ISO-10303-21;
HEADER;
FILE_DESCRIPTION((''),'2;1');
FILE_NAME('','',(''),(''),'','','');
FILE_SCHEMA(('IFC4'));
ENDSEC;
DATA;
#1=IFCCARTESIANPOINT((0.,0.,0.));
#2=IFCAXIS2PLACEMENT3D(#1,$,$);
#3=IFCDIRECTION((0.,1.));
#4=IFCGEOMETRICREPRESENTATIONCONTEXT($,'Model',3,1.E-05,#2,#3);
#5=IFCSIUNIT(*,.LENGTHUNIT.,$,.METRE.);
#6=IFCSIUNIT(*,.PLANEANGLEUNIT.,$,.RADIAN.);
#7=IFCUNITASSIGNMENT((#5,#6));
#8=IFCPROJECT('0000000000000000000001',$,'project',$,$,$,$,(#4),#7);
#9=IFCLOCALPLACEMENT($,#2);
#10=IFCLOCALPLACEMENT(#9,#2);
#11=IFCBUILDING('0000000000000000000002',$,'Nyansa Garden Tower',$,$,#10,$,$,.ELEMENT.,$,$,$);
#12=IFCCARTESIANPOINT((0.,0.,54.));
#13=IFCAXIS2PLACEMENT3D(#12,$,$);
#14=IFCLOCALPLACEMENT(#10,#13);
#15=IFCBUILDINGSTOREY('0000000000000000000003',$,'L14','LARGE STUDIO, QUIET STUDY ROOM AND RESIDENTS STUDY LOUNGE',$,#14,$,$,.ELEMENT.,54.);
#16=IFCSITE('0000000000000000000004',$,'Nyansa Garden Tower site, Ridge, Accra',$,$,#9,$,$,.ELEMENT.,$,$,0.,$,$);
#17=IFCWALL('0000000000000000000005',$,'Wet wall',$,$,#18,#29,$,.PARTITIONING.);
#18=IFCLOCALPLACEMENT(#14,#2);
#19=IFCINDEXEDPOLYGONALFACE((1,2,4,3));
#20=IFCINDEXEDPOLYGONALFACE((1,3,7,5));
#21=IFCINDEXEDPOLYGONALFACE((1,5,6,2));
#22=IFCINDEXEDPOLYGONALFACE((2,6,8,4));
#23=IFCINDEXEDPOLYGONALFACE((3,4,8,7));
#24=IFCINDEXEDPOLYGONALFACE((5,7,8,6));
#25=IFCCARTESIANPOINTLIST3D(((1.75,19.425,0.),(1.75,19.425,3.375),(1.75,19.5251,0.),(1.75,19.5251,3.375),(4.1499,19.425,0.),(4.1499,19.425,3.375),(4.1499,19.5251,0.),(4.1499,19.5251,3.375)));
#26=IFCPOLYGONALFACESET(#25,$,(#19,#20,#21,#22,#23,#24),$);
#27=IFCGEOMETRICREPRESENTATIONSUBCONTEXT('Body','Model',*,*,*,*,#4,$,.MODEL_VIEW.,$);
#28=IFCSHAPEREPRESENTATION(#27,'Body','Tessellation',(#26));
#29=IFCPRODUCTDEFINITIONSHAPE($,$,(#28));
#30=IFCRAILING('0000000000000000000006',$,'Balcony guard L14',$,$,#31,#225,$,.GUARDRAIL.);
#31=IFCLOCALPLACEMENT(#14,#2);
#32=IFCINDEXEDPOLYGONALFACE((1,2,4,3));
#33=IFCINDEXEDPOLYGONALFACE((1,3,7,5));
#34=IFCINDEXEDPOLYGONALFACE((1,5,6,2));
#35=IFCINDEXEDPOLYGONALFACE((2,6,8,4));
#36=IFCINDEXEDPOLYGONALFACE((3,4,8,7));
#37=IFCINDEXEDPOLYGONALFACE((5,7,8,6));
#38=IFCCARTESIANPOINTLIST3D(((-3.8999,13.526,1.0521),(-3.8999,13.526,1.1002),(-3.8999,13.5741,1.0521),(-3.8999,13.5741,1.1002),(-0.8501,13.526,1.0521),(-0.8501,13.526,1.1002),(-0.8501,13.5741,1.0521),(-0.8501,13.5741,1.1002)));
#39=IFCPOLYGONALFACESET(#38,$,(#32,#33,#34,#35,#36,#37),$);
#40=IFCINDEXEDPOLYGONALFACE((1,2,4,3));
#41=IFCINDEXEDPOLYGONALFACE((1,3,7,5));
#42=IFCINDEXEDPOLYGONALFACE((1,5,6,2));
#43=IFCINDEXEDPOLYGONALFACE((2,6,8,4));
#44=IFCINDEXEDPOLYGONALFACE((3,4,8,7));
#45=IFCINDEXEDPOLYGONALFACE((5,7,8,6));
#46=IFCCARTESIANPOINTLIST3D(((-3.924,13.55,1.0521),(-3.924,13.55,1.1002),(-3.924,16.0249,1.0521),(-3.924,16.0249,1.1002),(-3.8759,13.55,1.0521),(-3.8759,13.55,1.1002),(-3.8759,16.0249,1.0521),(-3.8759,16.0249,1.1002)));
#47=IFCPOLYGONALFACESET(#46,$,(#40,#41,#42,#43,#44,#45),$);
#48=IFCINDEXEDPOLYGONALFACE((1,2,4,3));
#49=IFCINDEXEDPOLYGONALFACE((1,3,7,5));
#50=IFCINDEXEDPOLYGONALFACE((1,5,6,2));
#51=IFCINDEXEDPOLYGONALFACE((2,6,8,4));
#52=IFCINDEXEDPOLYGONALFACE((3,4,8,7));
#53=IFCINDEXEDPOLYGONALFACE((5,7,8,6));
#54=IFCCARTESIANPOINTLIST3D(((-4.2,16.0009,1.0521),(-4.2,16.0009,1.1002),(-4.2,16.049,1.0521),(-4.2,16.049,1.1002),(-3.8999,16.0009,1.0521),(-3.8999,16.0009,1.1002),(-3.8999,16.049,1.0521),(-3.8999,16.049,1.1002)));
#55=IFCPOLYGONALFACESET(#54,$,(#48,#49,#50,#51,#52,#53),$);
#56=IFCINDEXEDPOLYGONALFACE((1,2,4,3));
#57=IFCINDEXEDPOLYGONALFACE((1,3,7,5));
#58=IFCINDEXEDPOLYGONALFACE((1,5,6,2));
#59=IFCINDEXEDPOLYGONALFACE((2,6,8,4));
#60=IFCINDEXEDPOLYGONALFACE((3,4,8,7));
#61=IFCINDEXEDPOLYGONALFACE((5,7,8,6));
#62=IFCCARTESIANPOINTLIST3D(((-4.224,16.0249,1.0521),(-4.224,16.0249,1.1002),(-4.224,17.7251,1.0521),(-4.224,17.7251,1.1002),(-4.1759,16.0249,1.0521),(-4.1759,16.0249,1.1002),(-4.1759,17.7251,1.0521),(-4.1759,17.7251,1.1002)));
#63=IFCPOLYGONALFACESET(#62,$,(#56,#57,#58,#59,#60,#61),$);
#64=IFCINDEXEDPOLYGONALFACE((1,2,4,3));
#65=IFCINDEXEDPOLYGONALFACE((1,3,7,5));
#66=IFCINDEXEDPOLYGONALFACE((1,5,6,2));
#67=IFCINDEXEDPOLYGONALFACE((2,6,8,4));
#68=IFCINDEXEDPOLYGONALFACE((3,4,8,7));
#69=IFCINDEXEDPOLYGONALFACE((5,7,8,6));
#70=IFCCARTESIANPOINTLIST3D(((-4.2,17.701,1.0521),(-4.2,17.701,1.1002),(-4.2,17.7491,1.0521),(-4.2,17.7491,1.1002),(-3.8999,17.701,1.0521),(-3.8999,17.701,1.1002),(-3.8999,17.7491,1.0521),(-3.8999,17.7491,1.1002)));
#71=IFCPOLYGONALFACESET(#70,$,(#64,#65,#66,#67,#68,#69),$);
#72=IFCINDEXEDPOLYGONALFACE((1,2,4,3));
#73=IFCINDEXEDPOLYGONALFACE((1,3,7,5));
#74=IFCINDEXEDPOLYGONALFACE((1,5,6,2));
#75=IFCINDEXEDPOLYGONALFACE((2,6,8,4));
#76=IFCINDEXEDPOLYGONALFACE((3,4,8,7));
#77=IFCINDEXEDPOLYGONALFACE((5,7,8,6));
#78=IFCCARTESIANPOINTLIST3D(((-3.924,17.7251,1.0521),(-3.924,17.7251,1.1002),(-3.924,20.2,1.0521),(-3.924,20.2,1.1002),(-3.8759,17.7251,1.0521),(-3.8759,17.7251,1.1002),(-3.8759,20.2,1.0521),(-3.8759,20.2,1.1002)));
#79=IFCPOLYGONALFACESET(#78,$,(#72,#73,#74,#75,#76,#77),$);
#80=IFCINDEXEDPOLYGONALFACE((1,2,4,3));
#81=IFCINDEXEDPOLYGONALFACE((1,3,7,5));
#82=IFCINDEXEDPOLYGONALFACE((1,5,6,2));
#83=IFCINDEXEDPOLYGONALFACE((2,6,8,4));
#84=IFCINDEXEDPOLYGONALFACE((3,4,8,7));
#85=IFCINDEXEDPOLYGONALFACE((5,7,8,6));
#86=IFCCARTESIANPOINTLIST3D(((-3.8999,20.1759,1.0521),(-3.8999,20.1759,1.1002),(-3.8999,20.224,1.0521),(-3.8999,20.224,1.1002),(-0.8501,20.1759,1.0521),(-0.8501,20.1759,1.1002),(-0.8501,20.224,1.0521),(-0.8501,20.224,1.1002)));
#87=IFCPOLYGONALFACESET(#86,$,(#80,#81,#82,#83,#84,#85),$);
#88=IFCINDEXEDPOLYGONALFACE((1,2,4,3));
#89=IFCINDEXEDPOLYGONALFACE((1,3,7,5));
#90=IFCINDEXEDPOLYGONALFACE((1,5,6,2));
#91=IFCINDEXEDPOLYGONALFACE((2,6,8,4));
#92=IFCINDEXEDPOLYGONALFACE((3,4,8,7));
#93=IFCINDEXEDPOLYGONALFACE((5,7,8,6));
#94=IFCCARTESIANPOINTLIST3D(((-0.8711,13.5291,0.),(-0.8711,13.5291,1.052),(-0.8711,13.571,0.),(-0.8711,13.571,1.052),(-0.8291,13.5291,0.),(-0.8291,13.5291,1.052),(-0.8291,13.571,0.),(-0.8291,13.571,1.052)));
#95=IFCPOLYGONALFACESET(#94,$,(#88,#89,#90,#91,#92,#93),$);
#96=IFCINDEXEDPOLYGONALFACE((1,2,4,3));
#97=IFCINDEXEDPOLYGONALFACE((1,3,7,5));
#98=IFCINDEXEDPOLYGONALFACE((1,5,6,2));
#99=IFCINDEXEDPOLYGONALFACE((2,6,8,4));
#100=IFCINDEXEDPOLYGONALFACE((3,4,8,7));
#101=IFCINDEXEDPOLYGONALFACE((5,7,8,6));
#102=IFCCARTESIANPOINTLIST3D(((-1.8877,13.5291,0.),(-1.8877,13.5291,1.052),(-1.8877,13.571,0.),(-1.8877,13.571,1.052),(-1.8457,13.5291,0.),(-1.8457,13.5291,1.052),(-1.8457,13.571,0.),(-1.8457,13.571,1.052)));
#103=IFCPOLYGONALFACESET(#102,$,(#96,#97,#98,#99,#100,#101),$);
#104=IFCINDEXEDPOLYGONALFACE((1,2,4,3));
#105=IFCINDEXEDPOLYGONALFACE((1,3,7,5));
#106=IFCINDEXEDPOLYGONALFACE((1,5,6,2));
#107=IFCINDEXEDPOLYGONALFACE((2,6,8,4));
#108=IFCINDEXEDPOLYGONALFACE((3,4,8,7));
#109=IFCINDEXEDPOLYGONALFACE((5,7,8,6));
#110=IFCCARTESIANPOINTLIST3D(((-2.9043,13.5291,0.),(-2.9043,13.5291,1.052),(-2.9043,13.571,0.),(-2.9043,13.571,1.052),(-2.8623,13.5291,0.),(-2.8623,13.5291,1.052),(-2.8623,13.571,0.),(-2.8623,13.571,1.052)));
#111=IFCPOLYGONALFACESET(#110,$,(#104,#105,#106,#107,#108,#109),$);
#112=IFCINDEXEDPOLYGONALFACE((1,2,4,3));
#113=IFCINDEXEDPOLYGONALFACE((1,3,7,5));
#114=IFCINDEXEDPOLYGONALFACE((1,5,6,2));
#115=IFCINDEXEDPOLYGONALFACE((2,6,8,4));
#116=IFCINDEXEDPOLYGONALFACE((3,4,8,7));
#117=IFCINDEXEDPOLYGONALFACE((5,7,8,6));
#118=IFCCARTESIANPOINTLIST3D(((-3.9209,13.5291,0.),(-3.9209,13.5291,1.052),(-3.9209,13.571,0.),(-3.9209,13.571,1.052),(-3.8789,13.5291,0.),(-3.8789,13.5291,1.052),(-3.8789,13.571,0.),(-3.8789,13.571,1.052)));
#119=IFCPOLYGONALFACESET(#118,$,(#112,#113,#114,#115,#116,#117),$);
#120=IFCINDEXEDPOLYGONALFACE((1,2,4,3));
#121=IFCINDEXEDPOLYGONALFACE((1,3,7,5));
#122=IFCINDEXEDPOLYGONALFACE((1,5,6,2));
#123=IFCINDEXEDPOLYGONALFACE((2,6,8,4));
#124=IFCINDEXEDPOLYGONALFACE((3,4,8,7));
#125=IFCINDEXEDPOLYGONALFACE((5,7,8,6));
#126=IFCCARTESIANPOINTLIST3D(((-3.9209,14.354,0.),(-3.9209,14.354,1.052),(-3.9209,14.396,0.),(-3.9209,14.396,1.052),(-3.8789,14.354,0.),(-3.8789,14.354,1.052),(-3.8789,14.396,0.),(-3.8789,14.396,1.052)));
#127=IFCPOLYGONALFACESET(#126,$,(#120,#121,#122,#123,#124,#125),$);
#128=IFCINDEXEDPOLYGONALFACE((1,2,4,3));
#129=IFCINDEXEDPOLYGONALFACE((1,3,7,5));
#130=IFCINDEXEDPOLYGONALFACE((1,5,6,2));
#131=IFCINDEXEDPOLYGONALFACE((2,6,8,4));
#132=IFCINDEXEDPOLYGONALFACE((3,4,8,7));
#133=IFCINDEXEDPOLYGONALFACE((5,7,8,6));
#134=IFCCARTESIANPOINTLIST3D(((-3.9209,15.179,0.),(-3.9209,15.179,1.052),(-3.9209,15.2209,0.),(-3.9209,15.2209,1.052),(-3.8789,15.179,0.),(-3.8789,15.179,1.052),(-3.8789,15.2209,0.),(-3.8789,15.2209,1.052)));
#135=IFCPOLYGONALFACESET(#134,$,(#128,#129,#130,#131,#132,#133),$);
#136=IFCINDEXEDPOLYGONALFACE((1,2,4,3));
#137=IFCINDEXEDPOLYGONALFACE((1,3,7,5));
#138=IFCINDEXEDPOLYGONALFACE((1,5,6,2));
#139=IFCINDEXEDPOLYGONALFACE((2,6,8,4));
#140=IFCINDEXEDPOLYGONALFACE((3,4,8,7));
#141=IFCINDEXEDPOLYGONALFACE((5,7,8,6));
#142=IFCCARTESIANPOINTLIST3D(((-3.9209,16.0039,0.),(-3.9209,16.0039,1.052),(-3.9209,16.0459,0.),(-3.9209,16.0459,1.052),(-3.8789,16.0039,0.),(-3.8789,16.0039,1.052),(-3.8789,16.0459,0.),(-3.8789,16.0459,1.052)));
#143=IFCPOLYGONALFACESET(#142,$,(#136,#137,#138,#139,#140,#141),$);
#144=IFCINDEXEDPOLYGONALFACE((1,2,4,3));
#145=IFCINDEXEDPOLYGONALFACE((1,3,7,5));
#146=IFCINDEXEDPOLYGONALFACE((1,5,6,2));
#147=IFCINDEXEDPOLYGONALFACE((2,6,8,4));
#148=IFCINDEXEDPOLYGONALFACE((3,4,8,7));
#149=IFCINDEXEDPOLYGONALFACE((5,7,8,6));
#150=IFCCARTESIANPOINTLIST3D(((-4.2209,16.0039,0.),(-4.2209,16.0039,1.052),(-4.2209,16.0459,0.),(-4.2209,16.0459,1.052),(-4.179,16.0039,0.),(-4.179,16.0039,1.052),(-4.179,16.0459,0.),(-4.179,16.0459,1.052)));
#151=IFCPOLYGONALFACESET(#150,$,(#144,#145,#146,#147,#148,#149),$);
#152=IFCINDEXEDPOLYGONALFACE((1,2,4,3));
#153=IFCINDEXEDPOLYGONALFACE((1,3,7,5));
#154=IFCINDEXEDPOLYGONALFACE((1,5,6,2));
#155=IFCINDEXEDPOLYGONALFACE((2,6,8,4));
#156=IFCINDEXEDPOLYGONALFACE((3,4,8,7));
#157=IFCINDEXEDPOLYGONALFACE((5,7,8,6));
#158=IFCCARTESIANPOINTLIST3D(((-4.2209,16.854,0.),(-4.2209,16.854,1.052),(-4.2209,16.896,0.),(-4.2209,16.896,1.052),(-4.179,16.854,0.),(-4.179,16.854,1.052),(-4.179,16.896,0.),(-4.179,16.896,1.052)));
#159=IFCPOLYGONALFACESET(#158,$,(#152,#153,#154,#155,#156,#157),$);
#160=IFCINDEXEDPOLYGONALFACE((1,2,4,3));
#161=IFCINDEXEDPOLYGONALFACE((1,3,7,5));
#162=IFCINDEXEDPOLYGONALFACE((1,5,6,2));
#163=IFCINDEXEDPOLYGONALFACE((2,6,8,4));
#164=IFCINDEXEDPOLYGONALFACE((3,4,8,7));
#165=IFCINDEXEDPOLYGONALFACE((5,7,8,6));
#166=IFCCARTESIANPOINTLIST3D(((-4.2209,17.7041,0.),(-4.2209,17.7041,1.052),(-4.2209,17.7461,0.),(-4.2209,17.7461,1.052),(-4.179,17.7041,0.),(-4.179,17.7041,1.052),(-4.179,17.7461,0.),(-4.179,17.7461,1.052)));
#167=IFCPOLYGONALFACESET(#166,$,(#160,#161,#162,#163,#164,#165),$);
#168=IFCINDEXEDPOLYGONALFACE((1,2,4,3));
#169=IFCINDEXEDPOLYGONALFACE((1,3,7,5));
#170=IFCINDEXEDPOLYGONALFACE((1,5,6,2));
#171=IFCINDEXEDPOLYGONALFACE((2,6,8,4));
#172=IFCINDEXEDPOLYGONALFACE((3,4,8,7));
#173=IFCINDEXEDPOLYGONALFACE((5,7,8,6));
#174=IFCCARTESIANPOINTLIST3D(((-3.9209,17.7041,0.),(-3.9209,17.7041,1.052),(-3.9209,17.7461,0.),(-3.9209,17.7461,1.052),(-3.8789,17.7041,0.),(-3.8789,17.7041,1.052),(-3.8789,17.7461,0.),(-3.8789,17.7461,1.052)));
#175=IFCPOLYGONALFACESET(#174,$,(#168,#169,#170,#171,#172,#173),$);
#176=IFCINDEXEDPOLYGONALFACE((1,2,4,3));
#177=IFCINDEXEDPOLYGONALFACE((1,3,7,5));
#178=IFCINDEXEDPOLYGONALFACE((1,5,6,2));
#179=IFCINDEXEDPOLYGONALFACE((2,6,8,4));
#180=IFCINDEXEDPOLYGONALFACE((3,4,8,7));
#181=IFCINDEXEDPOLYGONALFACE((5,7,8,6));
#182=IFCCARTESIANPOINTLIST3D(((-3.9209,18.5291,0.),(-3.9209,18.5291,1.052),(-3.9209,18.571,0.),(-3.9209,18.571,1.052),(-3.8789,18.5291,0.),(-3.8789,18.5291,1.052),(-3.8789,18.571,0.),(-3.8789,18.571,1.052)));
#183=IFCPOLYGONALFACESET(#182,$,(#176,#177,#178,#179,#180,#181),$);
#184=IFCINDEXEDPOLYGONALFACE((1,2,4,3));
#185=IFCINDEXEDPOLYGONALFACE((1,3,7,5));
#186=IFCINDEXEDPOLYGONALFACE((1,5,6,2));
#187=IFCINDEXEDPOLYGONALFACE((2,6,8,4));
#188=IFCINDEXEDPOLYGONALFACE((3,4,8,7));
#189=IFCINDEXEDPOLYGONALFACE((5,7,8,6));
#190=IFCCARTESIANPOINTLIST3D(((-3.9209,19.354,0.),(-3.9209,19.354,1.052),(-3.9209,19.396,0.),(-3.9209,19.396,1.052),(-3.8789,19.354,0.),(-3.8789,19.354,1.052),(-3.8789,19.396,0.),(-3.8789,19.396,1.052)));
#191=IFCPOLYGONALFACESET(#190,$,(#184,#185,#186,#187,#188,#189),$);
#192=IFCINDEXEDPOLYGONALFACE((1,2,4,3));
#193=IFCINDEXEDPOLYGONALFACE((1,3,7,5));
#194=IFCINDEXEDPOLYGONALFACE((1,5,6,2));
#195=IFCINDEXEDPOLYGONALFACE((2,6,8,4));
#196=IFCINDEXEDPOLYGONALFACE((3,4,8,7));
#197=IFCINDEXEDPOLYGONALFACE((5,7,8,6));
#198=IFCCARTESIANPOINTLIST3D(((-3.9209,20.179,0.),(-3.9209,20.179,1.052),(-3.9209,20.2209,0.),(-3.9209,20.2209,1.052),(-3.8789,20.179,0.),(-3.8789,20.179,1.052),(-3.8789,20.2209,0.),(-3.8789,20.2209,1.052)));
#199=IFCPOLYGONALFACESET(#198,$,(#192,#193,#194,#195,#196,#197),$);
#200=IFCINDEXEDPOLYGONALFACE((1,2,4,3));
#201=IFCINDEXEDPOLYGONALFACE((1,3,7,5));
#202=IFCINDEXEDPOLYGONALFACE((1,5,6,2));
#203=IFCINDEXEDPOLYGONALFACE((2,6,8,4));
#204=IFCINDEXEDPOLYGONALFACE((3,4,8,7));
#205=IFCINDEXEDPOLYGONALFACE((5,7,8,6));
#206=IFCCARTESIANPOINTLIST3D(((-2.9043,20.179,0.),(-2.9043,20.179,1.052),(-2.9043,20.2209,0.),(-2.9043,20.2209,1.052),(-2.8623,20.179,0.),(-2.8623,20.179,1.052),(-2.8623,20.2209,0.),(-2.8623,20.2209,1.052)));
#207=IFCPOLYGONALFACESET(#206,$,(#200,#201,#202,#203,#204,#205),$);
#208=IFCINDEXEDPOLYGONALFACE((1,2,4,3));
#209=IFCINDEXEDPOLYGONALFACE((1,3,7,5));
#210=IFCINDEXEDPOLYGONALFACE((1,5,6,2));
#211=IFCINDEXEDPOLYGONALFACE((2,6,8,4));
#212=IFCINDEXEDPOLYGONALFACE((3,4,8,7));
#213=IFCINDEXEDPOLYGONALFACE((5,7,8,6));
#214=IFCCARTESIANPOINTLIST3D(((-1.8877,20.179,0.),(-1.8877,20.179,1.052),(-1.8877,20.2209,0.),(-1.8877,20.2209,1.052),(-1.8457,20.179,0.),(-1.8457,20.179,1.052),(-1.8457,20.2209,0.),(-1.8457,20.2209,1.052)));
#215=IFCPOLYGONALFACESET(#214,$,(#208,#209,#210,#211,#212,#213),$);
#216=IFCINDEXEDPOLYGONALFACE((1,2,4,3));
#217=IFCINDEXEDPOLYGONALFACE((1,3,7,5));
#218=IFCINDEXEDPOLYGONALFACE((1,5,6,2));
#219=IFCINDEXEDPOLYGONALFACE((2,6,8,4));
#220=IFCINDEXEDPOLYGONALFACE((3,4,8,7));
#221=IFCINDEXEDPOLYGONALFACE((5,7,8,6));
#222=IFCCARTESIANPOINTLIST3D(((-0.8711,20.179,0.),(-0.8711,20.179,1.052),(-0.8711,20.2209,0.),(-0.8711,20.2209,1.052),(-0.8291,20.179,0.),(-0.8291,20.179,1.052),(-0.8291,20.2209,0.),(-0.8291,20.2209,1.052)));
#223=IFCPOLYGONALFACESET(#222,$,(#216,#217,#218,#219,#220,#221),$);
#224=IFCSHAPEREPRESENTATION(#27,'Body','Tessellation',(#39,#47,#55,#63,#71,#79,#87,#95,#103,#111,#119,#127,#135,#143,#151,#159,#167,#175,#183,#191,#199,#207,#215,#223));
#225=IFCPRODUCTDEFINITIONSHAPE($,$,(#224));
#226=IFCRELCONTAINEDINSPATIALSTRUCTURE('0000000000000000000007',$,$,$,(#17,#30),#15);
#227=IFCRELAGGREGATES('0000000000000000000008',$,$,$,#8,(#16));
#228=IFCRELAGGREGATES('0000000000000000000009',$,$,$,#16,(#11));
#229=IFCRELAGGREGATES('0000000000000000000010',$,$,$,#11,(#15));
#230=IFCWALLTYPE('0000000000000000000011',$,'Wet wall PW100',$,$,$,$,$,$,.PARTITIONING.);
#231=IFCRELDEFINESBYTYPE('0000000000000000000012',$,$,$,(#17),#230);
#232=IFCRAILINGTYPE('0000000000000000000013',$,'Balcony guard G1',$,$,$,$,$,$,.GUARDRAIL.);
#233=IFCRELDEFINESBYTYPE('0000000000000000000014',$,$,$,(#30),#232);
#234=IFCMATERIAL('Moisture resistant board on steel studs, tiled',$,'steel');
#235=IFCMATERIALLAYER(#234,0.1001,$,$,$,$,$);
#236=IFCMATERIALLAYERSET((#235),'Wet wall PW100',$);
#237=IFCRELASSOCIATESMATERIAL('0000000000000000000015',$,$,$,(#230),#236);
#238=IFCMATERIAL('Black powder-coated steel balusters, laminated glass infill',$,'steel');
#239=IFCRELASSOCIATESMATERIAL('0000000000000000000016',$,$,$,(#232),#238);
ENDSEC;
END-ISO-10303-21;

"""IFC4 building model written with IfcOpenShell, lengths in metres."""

from ifc_helpers import new_model, si_unit, direction, frame, frame_2d, origin, origin_2d, place, context, subcontext, project, spatial, rectangle, extrude, material, layer, layer_set, type_object, element, save


model = new_model("IFC4")

# Units and contexts
model_context = context("Model", 3, precision=1e-05, world=origin(), true_north=direction((0.0, 1.0)))
body_context = subcontext(model_context, "Body", "Model", "MODEL_VIEW")
ifc_project = project(units=[si_unit("LENGTHUNIT", "METRE"), si_unit("PLANEANGLEUNIT", "RADIAN")], contexts=[model_context])

# Site, building, storey
site_placement = place(None, origin())
site = spatial("IfcSite", under=ifc_project, at=site_placement, Name="Nyansa Garden Tower site, Ridge, Accra", CompositionType="ELEMENT", RefElevation=0.0)
building_placement = place(site_placement, origin())
building = spatial("IfcBuilding", under=site, at=building_placement, Name="Nyansa Garden Tower", CompositionType="ELEMENT")
storey_placement = place(building_placement, frame((0.0, 0.0, 54.0)))
storey = spatial("IfcBuildingStorey", under=building, at=storey_placement, Name="L14", Description="LARGE STUDIO, QUIET STUDY ROOM AND RESIDENTS STUDY LOUNGE", CompositionType="ELEMENT", Elevation=54.0)

# Wall
ifc_material_1 = material(Name="Moisture resistant board on steel studs, tiled", Category="steel")
ifc_layer_1 = layer(ifc_material_1, 0.1001)
ifc_layer_set_1 = layer_set([ifc_layer_1], Name="Wet wall PW100")
wall_type_1 = type_object("IfcWallType", Name="Wet wall PW100", PredefinedType="PARTITIONING", material=ifc_layer_set_1)
wall_1_placement = place(storey_placement, frame((1.75, 19.4751, 0.0), z_axis=(0.0, 0.0, 1.0), x_axis=(1.0, 0.0, 0.0)))
element("IfcWall", 1, at=wall_1_placement, inside=storey, type_object=wall_type_1, Name="Wet wall", PredefinedType="PARTITIONING", context=body_context, shape_type="SweptSolid", body=[
    extrude(rectangle(XDim=2.3999, YDim=0.1001, at=frame_2d((1.2, 0.0))), origin(), (0.0, 0.0, 1.0), 3.375),
])

# Railing
ifc_material_2 = material(Name="Black powder-coated steel balusters, laminated glass infill", Category="steel")
railing_type = type_object("IfcRailingType", Name="Balcony guard G1", PredefinedType="GUARDRAIL", material=ifc_material_2)
railing_placement = place(storey_placement, frame((-0.8501, 13.55, 0.0)))
element("IfcRailing", 2, at=railing_placement, inside=storey, type_object=railing_type, Name="Balcony guard L14", PredefinedType="GUARDRAIL", context=body_context, shape_type="SweptSolid", body=[
    extrude(rectangle(XDim=0.0481, YDim=0.0481, at=origin_2d()), frame((0.0, 0.0, 1.0762), z_axis=(-1.0, 0.0, 0.0), x_axis=(0.0, -1.0, 0.0)), (0.0, 0.0, 1.0), 3.0498),
    extrude(rectangle(XDim=0.0481, YDim=0.0481, at=origin_2d()), frame((-3.0498, 0.0, 1.0762), z_axis=(0.0, 1.0, 0.0), x_axis=(-1.0, 0.0, 0.0)), (0.0, 0.0, 1.0), 2.4749),
    extrude(rectangle(XDim=0.0481, YDim=0.0481, at=origin_2d()), frame((-3.0498, 2.4749, 1.0762), z_axis=(-1.0, 0.0, 0.0), x_axis=(0.0, -1.0, 0.0)), (0.0, 0.0, 1.0), 0.3),
    extrude(rectangle(XDim=0.0481, YDim=0.0481, at=origin_2d()), frame((-3.3499, 2.4749, 1.0762), z_axis=(0.0, 1.0, 0.0), x_axis=(-1.0, 0.0, 0.0)), (0.0, 0.0, 1.0), 1.7002),
    extrude(rectangle(XDim=0.0481, YDim=0.0481, at=origin_2d()), frame((-3.3499, 4.175, 1.0762), z_axis=(1.0, 0.0, 0.0), x_axis=(0.0, 1.0, 0.0)), (0.0, 0.0, 1.0), 0.3),
    extrude(rectangle(XDim=0.0481, YDim=0.0481, at=origin_2d()), frame((-3.0498, 4.175, 1.0762), z_axis=(0.0, 1.0, 0.0), x_axis=(-1.0, 0.0, 0.0)), (0.0, 0.0, 1.0), 2.4749),
    extrude(rectangle(XDim=0.0481, YDim=0.0481, at=origin_2d()), frame((-3.0498, 6.6499, 1.0762), z_axis=(1.0, 0.0, 0.0), x_axis=(0.0, 1.0, 0.0)), (0.0, 0.0, 1.0), 3.0498),
    extrude(rectangle(XDim=0.042, YDim=0.042, at=origin_2d()), origin(), (0.0, 0.0, 1.0), 1.052),
    extrude(rectangle(XDim=0.042, YDim=0.042, at=origin_2d()), frame((-1.0166, 0.0, 0.0)), (0.0, 0.0, 1.0), 1.052),
    extrude(rectangle(XDim=0.042, YDim=0.042, at=origin_2d()), frame((-2.0332, 0.0, 0.0)), (0.0, 0.0, 1.0), 1.052),
    extrude(rectangle(XDim=0.042, YDim=0.042, at=origin_2d()), frame((-3.0498, 0.0, 0.0)), (0.0, 0.0, 1.0), 1.052),
    extrude(rectangle(XDim=0.042, YDim=0.042, at=origin_2d()), frame((-3.0498, 0.825, 0.0)), (0.0, 0.0, 1.0), 1.052),
    extrude(rectangle(XDim=0.042, YDim=0.042, at=origin_2d()), frame((-3.0498, 1.6499, 0.0)), (0.0, 0.0, 1.0), 1.052),
    extrude(rectangle(XDim=0.042, YDim=0.042, at=origin_2d()), frame((-3.0498, 2.4749, 0.0)), (0.0, 0.0, 1.0), 1.052),
    extrude(rectangle(XDim=0.042, YDim=0.042, at=origin_2d()), frame((-3.3499, 2.4749, 0.0)), (0.0, 0.0, 1.0), 1.052),
    extrude(rectangle(XDim=0.042, YDim=0.042, at=origin_2d()), frame((-3.3499, 3.325, 0.0)), (0.0, 0.0, 1.0), 1.052),
    extrude(rectangle(XDim=0.042, YDim=0.042, at=origin_2d()), frame((-3.3499, 4.175, 0.0)), (0.0, 0.0, 1.0), 1.052),
    extrude(rectangle(XDim=0.042, YDim=0.042, at=origin_2d()), frame((-3.0498, 4.175, 0.0)), (0.0, 0.0, 1.0), 1.052),
    extrude(rectangle(XDim=0.042, YDim=0.042, at=origin_2d()), frame((-3.0498, 5.0, 0.0)), (0.0, 0.0, 1.0), 1.052),
    extrude(rectangle(XDim=0.042, YDim=0.042, at=origin_2d()), frame((-3.0498, 5.825, 0.0)), (0.0, 0.0, 1.0), 1.052),
    extrude(rectangle(XDim=0.042, YDim=0.042, at=origin_2d()), frame((-3.0498, 6.6499, 0.0)), (0.0, 0.0, 1.0), 1.052),
    extrude(rectangle(XDim=0.042, YDim=0.042, at=origin_2d()), frame((-2.0332, 6.6499, 0.0)), (0.0, 0.0, 1.0), 1.052),
    extrude(rectangle(XDim=0.042, YDim=0.042, at=origin_2d()), frame((-1.0166, 6.6499, 0.0)), (0.0, 0.0, 1.0), 1.052),
    extrude(rectangle(XDim=0.042, YDim=0.042, at=origin_2d()), frame((0.0, 6.6499, 0.0)), (0.0, 0.0, 1.0), 1.052),
])

save(model, "model.ifc")
